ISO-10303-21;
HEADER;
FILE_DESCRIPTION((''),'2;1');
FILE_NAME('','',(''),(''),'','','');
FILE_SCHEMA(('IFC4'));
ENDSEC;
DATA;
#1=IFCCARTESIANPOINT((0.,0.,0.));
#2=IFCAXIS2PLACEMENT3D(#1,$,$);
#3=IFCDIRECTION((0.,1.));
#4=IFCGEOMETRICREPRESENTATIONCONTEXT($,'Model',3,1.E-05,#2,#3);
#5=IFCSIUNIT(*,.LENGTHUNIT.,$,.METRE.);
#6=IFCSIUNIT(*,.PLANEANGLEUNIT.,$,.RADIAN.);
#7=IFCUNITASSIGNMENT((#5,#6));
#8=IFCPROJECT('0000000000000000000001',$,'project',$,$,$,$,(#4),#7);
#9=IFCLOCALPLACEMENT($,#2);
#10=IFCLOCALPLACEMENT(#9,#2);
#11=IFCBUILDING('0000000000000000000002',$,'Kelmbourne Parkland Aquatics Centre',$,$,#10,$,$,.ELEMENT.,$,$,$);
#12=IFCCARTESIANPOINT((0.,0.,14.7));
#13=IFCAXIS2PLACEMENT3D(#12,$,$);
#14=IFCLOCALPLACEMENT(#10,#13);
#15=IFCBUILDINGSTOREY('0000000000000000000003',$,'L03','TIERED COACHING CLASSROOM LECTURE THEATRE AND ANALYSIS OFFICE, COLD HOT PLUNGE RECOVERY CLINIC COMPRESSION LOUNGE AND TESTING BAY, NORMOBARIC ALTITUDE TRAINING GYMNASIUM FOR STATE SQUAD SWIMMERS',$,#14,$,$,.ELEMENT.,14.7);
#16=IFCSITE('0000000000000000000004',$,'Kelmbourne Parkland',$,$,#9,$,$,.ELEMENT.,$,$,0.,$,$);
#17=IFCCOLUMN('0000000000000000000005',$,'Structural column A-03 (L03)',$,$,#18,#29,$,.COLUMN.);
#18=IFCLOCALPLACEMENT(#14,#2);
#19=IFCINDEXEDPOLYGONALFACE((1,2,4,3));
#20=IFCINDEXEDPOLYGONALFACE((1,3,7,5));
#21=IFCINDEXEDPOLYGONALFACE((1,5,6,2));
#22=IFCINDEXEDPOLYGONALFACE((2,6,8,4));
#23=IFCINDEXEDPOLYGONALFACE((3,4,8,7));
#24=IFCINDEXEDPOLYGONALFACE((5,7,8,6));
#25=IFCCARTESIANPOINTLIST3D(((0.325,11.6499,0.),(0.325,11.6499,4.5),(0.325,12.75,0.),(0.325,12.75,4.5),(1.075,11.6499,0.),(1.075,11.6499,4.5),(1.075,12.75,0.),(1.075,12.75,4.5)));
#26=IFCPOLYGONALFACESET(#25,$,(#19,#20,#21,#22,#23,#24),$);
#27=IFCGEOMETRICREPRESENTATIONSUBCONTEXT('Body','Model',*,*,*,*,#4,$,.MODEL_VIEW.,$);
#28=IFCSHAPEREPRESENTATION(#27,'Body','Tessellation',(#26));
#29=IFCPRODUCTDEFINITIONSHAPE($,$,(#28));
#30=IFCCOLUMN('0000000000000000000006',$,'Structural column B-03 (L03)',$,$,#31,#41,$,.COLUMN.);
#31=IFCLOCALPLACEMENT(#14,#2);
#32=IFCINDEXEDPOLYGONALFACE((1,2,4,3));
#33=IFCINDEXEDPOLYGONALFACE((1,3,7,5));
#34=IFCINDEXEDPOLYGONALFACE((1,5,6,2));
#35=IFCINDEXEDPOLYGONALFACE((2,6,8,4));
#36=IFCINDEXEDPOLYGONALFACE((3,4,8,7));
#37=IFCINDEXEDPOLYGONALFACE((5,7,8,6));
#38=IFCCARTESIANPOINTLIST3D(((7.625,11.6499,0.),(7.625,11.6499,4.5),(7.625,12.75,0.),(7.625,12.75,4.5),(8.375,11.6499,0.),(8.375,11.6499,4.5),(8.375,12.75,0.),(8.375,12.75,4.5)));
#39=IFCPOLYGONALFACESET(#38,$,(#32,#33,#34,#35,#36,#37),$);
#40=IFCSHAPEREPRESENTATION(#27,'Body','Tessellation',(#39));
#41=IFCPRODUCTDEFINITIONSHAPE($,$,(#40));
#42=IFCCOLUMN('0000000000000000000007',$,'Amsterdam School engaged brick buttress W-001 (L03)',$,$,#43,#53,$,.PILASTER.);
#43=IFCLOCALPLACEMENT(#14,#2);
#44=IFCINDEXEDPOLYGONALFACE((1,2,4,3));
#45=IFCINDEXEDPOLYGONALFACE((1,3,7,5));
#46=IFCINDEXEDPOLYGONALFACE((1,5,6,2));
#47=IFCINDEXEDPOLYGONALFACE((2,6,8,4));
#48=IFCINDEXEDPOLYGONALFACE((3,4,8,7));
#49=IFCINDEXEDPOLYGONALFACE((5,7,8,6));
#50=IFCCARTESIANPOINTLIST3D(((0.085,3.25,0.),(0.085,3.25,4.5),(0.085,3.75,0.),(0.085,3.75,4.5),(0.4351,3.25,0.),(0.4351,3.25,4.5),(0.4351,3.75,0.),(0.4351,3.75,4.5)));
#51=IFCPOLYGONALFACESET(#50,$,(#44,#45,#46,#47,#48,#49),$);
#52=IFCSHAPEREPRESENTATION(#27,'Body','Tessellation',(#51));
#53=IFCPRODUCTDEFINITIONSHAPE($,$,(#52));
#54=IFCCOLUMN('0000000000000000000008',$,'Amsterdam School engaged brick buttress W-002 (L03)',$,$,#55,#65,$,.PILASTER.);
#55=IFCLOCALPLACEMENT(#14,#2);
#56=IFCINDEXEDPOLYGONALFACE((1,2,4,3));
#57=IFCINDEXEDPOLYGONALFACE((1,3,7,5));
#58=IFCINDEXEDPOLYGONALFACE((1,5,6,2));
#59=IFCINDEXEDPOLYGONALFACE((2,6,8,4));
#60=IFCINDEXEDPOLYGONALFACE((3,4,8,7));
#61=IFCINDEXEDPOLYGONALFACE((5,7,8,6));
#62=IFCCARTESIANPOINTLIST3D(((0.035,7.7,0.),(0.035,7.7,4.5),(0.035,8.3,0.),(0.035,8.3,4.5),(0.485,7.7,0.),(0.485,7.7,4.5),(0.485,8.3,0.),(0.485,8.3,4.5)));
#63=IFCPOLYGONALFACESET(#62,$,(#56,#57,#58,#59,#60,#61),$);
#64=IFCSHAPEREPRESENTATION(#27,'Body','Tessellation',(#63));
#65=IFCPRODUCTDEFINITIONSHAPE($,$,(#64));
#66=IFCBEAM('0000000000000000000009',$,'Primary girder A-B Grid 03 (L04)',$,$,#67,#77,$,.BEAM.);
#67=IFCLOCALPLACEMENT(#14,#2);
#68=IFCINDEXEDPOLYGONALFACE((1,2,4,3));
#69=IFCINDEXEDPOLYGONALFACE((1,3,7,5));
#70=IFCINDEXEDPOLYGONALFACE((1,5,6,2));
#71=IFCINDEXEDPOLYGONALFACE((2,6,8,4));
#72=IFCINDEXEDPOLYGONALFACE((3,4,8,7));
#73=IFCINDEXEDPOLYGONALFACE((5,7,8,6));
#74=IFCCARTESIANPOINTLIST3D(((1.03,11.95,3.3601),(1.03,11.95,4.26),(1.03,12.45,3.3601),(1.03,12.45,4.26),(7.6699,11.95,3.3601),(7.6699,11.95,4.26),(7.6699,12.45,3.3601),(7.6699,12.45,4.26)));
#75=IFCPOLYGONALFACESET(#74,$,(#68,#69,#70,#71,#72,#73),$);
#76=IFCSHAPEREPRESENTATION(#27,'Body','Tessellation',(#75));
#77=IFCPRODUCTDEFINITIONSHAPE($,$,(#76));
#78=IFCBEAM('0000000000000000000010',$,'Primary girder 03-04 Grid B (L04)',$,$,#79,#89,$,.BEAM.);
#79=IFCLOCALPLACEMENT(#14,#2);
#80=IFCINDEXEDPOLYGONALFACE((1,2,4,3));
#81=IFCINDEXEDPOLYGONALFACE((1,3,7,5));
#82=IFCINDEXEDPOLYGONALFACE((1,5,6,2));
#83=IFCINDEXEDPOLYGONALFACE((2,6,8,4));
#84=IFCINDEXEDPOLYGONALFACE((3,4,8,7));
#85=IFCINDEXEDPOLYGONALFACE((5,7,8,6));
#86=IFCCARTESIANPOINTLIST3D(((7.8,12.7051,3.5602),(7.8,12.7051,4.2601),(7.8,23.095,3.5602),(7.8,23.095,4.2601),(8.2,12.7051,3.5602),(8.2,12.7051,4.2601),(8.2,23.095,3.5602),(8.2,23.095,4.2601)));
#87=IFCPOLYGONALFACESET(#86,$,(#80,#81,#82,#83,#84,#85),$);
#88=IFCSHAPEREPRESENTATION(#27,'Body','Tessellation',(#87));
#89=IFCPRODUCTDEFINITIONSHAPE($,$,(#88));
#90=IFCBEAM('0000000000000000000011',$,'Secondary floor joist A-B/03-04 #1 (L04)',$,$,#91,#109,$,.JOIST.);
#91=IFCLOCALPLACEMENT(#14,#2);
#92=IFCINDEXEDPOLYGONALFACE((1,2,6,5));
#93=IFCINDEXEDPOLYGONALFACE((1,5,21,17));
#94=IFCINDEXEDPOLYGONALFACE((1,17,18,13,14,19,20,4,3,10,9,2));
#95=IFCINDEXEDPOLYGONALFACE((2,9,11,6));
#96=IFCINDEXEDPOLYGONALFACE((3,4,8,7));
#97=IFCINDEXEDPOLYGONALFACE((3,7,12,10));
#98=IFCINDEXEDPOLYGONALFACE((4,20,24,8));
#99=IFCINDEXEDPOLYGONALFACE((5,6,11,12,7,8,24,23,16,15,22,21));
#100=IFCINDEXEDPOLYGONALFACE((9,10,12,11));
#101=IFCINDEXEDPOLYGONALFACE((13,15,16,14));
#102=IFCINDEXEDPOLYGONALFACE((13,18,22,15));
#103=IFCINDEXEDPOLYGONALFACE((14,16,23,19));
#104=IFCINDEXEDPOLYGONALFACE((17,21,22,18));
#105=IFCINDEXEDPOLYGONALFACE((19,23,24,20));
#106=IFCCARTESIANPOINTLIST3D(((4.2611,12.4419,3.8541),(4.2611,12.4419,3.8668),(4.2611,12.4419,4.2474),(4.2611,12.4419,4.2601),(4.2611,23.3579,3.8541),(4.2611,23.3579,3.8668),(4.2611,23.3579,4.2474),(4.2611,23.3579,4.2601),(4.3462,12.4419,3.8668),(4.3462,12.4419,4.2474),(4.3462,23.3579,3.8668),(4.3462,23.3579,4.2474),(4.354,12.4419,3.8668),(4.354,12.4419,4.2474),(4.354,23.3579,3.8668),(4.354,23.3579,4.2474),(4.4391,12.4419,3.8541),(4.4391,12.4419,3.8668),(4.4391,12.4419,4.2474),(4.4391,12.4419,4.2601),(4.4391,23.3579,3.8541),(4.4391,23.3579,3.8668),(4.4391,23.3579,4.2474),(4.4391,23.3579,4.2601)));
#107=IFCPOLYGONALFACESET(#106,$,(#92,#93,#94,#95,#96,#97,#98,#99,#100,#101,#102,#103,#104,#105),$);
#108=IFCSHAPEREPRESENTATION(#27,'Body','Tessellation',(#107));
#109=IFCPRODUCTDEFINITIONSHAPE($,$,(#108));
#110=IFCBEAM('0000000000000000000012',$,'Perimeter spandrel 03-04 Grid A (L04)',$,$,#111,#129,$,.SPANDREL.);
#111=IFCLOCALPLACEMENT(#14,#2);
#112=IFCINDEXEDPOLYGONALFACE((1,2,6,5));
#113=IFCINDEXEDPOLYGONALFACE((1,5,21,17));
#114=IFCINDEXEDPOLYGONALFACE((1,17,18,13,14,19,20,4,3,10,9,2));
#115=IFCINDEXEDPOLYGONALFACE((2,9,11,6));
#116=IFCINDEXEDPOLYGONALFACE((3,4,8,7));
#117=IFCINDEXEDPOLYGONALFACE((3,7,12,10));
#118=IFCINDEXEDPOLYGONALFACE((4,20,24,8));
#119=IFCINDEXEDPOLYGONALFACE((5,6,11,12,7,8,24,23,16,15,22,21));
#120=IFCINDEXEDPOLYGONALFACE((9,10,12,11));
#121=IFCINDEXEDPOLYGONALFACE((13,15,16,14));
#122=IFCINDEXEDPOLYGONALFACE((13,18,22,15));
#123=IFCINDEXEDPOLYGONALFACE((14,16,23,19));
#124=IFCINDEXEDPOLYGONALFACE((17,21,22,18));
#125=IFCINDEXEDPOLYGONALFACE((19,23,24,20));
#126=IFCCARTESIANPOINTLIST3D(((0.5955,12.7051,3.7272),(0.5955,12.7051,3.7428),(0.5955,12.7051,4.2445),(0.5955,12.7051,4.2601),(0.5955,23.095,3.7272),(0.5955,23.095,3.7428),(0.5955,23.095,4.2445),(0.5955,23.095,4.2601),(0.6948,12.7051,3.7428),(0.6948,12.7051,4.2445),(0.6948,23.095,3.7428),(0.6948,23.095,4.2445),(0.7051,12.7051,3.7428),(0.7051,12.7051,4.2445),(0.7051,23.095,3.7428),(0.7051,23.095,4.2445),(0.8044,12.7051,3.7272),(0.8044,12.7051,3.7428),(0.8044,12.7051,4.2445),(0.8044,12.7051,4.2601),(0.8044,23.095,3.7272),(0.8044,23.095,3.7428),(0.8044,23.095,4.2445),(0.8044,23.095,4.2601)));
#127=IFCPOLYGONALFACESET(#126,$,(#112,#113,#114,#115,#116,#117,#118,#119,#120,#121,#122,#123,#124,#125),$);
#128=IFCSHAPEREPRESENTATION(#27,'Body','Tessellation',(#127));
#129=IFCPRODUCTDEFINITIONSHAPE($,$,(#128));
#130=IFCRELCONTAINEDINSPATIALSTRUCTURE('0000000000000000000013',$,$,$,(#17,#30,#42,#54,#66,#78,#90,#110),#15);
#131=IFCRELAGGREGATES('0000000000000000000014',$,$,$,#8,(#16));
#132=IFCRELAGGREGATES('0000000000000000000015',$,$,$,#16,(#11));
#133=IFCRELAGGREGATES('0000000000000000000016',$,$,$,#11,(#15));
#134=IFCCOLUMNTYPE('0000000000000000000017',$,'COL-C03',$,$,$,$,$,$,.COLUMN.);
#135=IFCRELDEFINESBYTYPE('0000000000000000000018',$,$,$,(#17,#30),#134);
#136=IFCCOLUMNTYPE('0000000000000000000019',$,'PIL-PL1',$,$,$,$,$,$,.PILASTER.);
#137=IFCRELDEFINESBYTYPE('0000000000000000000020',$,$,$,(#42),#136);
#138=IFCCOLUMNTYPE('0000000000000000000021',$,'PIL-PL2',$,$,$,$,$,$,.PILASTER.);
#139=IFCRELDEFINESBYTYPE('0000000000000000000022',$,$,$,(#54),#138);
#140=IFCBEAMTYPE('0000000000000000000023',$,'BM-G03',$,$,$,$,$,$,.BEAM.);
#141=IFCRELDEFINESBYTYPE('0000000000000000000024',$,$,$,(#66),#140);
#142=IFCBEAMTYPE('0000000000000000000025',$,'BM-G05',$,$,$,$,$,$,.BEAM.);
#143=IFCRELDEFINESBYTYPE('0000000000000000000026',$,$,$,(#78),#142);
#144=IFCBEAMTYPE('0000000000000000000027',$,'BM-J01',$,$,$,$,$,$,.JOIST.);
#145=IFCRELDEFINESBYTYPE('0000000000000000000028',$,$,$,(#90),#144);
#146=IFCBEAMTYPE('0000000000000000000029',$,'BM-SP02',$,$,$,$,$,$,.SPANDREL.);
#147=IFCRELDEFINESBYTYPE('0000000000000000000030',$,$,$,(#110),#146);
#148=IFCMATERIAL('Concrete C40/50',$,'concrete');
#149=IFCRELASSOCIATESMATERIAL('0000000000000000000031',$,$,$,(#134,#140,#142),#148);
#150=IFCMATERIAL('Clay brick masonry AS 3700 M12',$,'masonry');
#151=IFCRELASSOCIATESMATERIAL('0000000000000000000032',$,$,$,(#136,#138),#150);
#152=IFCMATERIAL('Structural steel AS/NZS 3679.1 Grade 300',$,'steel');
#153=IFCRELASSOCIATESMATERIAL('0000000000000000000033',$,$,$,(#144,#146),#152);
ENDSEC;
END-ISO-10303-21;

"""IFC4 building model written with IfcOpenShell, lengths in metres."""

from ifc_helpers import new_model, si_unit, direction, frame, origin, origin_2d, place, context, subcontext, project, spatial, rectangle, i_section, extrude, material, material_profile, profile_set, type_object, element, save


model = new_model("IFC4")

# Units and contexts
model_context = context("Model", 3, precision=1e-05, world=origin(), true_north=direction((0.0, 1.0)))
body_context = subcontext(model_context, "Body", "Model", "MODEL_VIEW")
ifc_project = project(units=[si_unit("LENGTHUNIT", "METRE"), si_unit("PLANEANGLEUNIT", "RADIAN")], contexts=[model_context])

# Site, building, storey
site_placement = place(None, origin())
site = spatial("IfcSite", under=ifc_project, at=site_placement, Name="Kelmbourne Parkland", CompositionType="ELEMENT", RefElevation=0.0)
building_placement = place(site_placement, origin())
building = spatial("IfcBuilding", under=site, at=building_placement, Name="Kelmbourne Parkland Aquatics Centre", CompositionType="ELEMENT")
storey_placement = place(building_placement, frame((0.0, 0.0, 14.7)))
storey = spatial("IfcBuildingStorey", under=building, at=storey_placement, Name="L03", Description="TIERED COACHING CLASSROOM LECTURE THEATRE AND ANALYSIS OFFICE, COLD HOT PLUNGE RECOVERY CLINIC COMPRESSION LOUNGE AND TESTING BAY, NORMOBARIC ALTITUDE TRAINING GYMNASIUM FOR STATE SQUAD SWIMMERS", CompositionType="ELEMENT", Elevation=14.7)

# Columns
ifc_material_1 = material(Name="Concrete C40/50", Category="concrete")
ifc_material_profile_1 = material_profile(ifc_material_1, rectangle(XDim=0.75, YDim=1.1001, at=origin_2d()), Name="RC 750x1100")
ifc_profile_set_1 = profile_set([ifc_material_profile_1], Name="Concrete C40/50")
column_type_1 = type_object("IfcColumnType", Name="COL-C03", PredefinedType="COLUMN", material=ifc_profile_set_1)
for number, where, z_axis, x_axis, name in (
    (1, (0.7, 12.2, 0.0), (0.0, 0.0, 1.0), (1.0, 0.0, 0.0), "Structural column A-03 (L03)"),
    (2, (8.0, 12.2, 0.0), (0.0, 0.0, 1.0), (1.0, 0.0, 0.0), "Structural column B-03 (L03)"),
):
    element("IfcColumn", number, at=place(storey_placement, frame(where, z_axis=z_axis, x_axis=x_axis)), inside=storey, type_object=column_type_1, Name=name, PredefinedType="COLUMN", context=body_context, shape_type="SweptSolid", body=[
        extrude(rectangle(XDim=0.75, YDim=1.1001, at=origin_2d()), origin(), (0.0, 0.0, 1.0), 4.5),
    ])
ifc_material_2 = material(Name="Clay brick masonry AS 3700 M12", Category="masonry")
ifc_material_profile_2 = material_profile(ifc_material_2, rectangle(XDim=0.3501, YDim=0.5, at=origin_2d()), Name="PIL 350x500")
ifc_profile_set_2 = profile_set([ifc_material_profile_2], Name="Clay brick masonry AS 3700 M12")
column_type_2 = type_object("IfcColumnType", Name="PIL-PL1", PredefinedType="PILASTER", material=ifc_profile_set_2)
column_1_placement = place(storey_placement, frame((0.26, 3.5, 0.0), z_axis=(0.0, 0.0, 1.0), x_axis=(1.0, 0.0, 0.0)))
element("IfcColumn", 3, at=column_1_placement, inside=storey, type_object=column_type_2, Name="Amsterdam School engaged brick buttress W-001 (L03)", PredefinedType="PILASTER", context=body_context, shape_type="SweptSolid", body=[
    extrude(rectangle(XDim=0.3501, YDim=0.5, at=origin_2d()), origin(), (0.0, 0.0, 1.0), 4.5),
])
ifc_material_profile_3 = material_profile(ifc_material_2, rectangle(XDim=0.45, YDim=0.6001, at=origin_2d()), Name="PIL 450x600")
ifc_profile_set_3 = profile_set([ifc_material_profile_3], Name="Clay brick masonry AS 3700 M12")
column_type_3 = type_object("IfcColumnType", Name="PIL-PL2", PredefinedType="PILASTER", material=ifc_profile_set_3)
column_2_placement = place(storey_placement, frame((0.26, 8.0, 0.0), z_axis=(0.0, 0.0, 1.0), x_axis=(1.0, 0.0, 0.0)))
element("IfcColumn", 4, at=column_2_placement, inside=storey, type_object=column_type_3, Name="Amsterdam School engaged brick buttress W-002 (L03)", PredefinedType="PILASTER", context=body_context, shape_type="SweptSolid", body=[
    extrude(rectangle(XDim=0.45, YDim=0.6001, at=origin_2d()), origin(), (0.0, 0.0, 1.0), 4.5),
])

# Beams
ifc_material_profile_4 = material_profile(ifc_material_1, rectangle(XDim=0.5, YDim=0.8999, at=origin_2d()), Name="RC 500x900")
ifc_profile_set_4 = profile_set([ifc_material_profile_4], Name="Concrete C40/50")
beam_type_1 = type_object("IfcBeamType", Name="BM-G03", PredefinedType="BEAM", material=ifc_profile_set_4)
beam_1_placement = place(storey_placement, frame((1.03, 12.2, 3.8101), z_axis=(1.0, 0.0, 0.0), x_axis=(0.0, 1.0, 0.0)))
element("IfcBeam", 5, at=beam_1_placement, inside=storey, type_object=beam_type_1, Name="Primary girder A-B Grid 03 (L04)", PredefinedType="BEAM", context=body_context, shape_type="SweptSolid", body=[
    extrude(rectangle(XDim=0.5, YDim=0.8999, at=origin_2d()), origin(), (0.0, 0.0, 1.0), 6.6399),
])
ifc_material_profile_5 = material_profile(ifc_material_1, rectangle(XDim=0.3999, YDim=0.7, at=origin_2d()), Name="RC 400x700")
ifc_profile_set_5 = profile_set([ifc_material_profile_5], Name="Concrete C40/50")
beam_type_2 = type_object("IfcBeamType", Name="BM-G05", PredefinedType="BEAM", material=ifc_profile_set_5)
beam_2_placement = place(storey_placement, frame((8.0, 12.7051, 3.9102), z_axis=(0.0, 1.0, 0.0), x_axis=(-1.0, 0.0, 0.0)))
element("IfcBeam", 6, at=beam_2_placement, inside=storey, type_object=beam_type_2, Name="Primary girder 03-04 Grid B (L04)", PredefinedType="BEAM", context=body_context, shape_type="SweptSolid", body=[
    extrude(rectangle(XDim=0.3999, YDim=0.7, at=origin_2d()), origin(), (0.0, 0.0, 1.0), 10.3899),
])
ifc_material_3 = material(Name="Structural steel AS/NZS 3679.1 Grade 300", Category="steel")
ifc_material_profile_6 = material_profile(ifc_material_3, i_section(OverallWidth=0.178, OverallDepth=0.406, WebThickness=0.0078, FlangeThickness=0.0127, at=origin_2d()), Name="410UB59.7")
ifc_profile_set_6 = profile_set([ifc_material_profile_6], Name="Structural steel AS/NZS 3679.1 Grade 300")
beam_type_3 = type_object("IfcBeamType", Name="BM-J01", PredefinedType="JOIST", material=ifc_profile_set_6)
beam_3_placement = place(storey_placement, frame((4.3501, 12.4419, 4.0571), z_axis=(0.0, 1.0, 0.0), x_axis=(-1.0, 0.0, 0.0)))
element("IfcBeam", 7, at=beam_3_placement, inside=storey, type_object=beam_type_3, Name="Secondary floor joist A-B/03-04 #1 (L04)", PredefinedType="JOIST", context=body_context, shape_type="SweptSolid", body=[
    extrude(i_section(OverallWidth=0.178, OverallDepth=0.406, WebThickness=0.0078, FlangeThickness=0.0127, at=origin_2d()), origin(), (0.0, 0.0, 1.0), 10.916),
])
ifc_material_profile_7 = material_profile(ifc_material_3, i_section(OverallWidth=0.209, OverallDepth=0.533, WebThickness=0.0103, FlangeThickness=0.0156, at=origin_2d()), Name="530UB92.4")
ifc_profile_set_7 = profile_set([ifc_material_profile_7], Name="Structural steel AS/NZS 3679.1 Grade 300")
beam_type_4 = type_object("IfcBeamType", Name="BM-SP02", PredefinedType="SPANDREL", material=ifc_profile_set_7)
beam_4_placement = place(storey_placement, frame((0.7, 12.7051, 3.9937), z_axis=(0.0, 1.0, 0.0), x_axis=(-1.0, 0.0, 0.0)))
element("IfcBeam", 8, at=beam_4_placement, inside=storey, type_object=beam_type_4, Name="Perimeter spandrel 03-04 Grid A (L04)", PredefinedType="SPANDREL", context=body_context, shape_type="SweptSolid", body=[
    extrude(i_section(OverallWidth=0.209, OverallDepth=0.533, WebThickness=0.0103, FlangeThickness=0.0156, at=origin_2d()), origin(), (0.0, 0.0, 1.0), 10.3899),
])

save(model, "model.ifc")
